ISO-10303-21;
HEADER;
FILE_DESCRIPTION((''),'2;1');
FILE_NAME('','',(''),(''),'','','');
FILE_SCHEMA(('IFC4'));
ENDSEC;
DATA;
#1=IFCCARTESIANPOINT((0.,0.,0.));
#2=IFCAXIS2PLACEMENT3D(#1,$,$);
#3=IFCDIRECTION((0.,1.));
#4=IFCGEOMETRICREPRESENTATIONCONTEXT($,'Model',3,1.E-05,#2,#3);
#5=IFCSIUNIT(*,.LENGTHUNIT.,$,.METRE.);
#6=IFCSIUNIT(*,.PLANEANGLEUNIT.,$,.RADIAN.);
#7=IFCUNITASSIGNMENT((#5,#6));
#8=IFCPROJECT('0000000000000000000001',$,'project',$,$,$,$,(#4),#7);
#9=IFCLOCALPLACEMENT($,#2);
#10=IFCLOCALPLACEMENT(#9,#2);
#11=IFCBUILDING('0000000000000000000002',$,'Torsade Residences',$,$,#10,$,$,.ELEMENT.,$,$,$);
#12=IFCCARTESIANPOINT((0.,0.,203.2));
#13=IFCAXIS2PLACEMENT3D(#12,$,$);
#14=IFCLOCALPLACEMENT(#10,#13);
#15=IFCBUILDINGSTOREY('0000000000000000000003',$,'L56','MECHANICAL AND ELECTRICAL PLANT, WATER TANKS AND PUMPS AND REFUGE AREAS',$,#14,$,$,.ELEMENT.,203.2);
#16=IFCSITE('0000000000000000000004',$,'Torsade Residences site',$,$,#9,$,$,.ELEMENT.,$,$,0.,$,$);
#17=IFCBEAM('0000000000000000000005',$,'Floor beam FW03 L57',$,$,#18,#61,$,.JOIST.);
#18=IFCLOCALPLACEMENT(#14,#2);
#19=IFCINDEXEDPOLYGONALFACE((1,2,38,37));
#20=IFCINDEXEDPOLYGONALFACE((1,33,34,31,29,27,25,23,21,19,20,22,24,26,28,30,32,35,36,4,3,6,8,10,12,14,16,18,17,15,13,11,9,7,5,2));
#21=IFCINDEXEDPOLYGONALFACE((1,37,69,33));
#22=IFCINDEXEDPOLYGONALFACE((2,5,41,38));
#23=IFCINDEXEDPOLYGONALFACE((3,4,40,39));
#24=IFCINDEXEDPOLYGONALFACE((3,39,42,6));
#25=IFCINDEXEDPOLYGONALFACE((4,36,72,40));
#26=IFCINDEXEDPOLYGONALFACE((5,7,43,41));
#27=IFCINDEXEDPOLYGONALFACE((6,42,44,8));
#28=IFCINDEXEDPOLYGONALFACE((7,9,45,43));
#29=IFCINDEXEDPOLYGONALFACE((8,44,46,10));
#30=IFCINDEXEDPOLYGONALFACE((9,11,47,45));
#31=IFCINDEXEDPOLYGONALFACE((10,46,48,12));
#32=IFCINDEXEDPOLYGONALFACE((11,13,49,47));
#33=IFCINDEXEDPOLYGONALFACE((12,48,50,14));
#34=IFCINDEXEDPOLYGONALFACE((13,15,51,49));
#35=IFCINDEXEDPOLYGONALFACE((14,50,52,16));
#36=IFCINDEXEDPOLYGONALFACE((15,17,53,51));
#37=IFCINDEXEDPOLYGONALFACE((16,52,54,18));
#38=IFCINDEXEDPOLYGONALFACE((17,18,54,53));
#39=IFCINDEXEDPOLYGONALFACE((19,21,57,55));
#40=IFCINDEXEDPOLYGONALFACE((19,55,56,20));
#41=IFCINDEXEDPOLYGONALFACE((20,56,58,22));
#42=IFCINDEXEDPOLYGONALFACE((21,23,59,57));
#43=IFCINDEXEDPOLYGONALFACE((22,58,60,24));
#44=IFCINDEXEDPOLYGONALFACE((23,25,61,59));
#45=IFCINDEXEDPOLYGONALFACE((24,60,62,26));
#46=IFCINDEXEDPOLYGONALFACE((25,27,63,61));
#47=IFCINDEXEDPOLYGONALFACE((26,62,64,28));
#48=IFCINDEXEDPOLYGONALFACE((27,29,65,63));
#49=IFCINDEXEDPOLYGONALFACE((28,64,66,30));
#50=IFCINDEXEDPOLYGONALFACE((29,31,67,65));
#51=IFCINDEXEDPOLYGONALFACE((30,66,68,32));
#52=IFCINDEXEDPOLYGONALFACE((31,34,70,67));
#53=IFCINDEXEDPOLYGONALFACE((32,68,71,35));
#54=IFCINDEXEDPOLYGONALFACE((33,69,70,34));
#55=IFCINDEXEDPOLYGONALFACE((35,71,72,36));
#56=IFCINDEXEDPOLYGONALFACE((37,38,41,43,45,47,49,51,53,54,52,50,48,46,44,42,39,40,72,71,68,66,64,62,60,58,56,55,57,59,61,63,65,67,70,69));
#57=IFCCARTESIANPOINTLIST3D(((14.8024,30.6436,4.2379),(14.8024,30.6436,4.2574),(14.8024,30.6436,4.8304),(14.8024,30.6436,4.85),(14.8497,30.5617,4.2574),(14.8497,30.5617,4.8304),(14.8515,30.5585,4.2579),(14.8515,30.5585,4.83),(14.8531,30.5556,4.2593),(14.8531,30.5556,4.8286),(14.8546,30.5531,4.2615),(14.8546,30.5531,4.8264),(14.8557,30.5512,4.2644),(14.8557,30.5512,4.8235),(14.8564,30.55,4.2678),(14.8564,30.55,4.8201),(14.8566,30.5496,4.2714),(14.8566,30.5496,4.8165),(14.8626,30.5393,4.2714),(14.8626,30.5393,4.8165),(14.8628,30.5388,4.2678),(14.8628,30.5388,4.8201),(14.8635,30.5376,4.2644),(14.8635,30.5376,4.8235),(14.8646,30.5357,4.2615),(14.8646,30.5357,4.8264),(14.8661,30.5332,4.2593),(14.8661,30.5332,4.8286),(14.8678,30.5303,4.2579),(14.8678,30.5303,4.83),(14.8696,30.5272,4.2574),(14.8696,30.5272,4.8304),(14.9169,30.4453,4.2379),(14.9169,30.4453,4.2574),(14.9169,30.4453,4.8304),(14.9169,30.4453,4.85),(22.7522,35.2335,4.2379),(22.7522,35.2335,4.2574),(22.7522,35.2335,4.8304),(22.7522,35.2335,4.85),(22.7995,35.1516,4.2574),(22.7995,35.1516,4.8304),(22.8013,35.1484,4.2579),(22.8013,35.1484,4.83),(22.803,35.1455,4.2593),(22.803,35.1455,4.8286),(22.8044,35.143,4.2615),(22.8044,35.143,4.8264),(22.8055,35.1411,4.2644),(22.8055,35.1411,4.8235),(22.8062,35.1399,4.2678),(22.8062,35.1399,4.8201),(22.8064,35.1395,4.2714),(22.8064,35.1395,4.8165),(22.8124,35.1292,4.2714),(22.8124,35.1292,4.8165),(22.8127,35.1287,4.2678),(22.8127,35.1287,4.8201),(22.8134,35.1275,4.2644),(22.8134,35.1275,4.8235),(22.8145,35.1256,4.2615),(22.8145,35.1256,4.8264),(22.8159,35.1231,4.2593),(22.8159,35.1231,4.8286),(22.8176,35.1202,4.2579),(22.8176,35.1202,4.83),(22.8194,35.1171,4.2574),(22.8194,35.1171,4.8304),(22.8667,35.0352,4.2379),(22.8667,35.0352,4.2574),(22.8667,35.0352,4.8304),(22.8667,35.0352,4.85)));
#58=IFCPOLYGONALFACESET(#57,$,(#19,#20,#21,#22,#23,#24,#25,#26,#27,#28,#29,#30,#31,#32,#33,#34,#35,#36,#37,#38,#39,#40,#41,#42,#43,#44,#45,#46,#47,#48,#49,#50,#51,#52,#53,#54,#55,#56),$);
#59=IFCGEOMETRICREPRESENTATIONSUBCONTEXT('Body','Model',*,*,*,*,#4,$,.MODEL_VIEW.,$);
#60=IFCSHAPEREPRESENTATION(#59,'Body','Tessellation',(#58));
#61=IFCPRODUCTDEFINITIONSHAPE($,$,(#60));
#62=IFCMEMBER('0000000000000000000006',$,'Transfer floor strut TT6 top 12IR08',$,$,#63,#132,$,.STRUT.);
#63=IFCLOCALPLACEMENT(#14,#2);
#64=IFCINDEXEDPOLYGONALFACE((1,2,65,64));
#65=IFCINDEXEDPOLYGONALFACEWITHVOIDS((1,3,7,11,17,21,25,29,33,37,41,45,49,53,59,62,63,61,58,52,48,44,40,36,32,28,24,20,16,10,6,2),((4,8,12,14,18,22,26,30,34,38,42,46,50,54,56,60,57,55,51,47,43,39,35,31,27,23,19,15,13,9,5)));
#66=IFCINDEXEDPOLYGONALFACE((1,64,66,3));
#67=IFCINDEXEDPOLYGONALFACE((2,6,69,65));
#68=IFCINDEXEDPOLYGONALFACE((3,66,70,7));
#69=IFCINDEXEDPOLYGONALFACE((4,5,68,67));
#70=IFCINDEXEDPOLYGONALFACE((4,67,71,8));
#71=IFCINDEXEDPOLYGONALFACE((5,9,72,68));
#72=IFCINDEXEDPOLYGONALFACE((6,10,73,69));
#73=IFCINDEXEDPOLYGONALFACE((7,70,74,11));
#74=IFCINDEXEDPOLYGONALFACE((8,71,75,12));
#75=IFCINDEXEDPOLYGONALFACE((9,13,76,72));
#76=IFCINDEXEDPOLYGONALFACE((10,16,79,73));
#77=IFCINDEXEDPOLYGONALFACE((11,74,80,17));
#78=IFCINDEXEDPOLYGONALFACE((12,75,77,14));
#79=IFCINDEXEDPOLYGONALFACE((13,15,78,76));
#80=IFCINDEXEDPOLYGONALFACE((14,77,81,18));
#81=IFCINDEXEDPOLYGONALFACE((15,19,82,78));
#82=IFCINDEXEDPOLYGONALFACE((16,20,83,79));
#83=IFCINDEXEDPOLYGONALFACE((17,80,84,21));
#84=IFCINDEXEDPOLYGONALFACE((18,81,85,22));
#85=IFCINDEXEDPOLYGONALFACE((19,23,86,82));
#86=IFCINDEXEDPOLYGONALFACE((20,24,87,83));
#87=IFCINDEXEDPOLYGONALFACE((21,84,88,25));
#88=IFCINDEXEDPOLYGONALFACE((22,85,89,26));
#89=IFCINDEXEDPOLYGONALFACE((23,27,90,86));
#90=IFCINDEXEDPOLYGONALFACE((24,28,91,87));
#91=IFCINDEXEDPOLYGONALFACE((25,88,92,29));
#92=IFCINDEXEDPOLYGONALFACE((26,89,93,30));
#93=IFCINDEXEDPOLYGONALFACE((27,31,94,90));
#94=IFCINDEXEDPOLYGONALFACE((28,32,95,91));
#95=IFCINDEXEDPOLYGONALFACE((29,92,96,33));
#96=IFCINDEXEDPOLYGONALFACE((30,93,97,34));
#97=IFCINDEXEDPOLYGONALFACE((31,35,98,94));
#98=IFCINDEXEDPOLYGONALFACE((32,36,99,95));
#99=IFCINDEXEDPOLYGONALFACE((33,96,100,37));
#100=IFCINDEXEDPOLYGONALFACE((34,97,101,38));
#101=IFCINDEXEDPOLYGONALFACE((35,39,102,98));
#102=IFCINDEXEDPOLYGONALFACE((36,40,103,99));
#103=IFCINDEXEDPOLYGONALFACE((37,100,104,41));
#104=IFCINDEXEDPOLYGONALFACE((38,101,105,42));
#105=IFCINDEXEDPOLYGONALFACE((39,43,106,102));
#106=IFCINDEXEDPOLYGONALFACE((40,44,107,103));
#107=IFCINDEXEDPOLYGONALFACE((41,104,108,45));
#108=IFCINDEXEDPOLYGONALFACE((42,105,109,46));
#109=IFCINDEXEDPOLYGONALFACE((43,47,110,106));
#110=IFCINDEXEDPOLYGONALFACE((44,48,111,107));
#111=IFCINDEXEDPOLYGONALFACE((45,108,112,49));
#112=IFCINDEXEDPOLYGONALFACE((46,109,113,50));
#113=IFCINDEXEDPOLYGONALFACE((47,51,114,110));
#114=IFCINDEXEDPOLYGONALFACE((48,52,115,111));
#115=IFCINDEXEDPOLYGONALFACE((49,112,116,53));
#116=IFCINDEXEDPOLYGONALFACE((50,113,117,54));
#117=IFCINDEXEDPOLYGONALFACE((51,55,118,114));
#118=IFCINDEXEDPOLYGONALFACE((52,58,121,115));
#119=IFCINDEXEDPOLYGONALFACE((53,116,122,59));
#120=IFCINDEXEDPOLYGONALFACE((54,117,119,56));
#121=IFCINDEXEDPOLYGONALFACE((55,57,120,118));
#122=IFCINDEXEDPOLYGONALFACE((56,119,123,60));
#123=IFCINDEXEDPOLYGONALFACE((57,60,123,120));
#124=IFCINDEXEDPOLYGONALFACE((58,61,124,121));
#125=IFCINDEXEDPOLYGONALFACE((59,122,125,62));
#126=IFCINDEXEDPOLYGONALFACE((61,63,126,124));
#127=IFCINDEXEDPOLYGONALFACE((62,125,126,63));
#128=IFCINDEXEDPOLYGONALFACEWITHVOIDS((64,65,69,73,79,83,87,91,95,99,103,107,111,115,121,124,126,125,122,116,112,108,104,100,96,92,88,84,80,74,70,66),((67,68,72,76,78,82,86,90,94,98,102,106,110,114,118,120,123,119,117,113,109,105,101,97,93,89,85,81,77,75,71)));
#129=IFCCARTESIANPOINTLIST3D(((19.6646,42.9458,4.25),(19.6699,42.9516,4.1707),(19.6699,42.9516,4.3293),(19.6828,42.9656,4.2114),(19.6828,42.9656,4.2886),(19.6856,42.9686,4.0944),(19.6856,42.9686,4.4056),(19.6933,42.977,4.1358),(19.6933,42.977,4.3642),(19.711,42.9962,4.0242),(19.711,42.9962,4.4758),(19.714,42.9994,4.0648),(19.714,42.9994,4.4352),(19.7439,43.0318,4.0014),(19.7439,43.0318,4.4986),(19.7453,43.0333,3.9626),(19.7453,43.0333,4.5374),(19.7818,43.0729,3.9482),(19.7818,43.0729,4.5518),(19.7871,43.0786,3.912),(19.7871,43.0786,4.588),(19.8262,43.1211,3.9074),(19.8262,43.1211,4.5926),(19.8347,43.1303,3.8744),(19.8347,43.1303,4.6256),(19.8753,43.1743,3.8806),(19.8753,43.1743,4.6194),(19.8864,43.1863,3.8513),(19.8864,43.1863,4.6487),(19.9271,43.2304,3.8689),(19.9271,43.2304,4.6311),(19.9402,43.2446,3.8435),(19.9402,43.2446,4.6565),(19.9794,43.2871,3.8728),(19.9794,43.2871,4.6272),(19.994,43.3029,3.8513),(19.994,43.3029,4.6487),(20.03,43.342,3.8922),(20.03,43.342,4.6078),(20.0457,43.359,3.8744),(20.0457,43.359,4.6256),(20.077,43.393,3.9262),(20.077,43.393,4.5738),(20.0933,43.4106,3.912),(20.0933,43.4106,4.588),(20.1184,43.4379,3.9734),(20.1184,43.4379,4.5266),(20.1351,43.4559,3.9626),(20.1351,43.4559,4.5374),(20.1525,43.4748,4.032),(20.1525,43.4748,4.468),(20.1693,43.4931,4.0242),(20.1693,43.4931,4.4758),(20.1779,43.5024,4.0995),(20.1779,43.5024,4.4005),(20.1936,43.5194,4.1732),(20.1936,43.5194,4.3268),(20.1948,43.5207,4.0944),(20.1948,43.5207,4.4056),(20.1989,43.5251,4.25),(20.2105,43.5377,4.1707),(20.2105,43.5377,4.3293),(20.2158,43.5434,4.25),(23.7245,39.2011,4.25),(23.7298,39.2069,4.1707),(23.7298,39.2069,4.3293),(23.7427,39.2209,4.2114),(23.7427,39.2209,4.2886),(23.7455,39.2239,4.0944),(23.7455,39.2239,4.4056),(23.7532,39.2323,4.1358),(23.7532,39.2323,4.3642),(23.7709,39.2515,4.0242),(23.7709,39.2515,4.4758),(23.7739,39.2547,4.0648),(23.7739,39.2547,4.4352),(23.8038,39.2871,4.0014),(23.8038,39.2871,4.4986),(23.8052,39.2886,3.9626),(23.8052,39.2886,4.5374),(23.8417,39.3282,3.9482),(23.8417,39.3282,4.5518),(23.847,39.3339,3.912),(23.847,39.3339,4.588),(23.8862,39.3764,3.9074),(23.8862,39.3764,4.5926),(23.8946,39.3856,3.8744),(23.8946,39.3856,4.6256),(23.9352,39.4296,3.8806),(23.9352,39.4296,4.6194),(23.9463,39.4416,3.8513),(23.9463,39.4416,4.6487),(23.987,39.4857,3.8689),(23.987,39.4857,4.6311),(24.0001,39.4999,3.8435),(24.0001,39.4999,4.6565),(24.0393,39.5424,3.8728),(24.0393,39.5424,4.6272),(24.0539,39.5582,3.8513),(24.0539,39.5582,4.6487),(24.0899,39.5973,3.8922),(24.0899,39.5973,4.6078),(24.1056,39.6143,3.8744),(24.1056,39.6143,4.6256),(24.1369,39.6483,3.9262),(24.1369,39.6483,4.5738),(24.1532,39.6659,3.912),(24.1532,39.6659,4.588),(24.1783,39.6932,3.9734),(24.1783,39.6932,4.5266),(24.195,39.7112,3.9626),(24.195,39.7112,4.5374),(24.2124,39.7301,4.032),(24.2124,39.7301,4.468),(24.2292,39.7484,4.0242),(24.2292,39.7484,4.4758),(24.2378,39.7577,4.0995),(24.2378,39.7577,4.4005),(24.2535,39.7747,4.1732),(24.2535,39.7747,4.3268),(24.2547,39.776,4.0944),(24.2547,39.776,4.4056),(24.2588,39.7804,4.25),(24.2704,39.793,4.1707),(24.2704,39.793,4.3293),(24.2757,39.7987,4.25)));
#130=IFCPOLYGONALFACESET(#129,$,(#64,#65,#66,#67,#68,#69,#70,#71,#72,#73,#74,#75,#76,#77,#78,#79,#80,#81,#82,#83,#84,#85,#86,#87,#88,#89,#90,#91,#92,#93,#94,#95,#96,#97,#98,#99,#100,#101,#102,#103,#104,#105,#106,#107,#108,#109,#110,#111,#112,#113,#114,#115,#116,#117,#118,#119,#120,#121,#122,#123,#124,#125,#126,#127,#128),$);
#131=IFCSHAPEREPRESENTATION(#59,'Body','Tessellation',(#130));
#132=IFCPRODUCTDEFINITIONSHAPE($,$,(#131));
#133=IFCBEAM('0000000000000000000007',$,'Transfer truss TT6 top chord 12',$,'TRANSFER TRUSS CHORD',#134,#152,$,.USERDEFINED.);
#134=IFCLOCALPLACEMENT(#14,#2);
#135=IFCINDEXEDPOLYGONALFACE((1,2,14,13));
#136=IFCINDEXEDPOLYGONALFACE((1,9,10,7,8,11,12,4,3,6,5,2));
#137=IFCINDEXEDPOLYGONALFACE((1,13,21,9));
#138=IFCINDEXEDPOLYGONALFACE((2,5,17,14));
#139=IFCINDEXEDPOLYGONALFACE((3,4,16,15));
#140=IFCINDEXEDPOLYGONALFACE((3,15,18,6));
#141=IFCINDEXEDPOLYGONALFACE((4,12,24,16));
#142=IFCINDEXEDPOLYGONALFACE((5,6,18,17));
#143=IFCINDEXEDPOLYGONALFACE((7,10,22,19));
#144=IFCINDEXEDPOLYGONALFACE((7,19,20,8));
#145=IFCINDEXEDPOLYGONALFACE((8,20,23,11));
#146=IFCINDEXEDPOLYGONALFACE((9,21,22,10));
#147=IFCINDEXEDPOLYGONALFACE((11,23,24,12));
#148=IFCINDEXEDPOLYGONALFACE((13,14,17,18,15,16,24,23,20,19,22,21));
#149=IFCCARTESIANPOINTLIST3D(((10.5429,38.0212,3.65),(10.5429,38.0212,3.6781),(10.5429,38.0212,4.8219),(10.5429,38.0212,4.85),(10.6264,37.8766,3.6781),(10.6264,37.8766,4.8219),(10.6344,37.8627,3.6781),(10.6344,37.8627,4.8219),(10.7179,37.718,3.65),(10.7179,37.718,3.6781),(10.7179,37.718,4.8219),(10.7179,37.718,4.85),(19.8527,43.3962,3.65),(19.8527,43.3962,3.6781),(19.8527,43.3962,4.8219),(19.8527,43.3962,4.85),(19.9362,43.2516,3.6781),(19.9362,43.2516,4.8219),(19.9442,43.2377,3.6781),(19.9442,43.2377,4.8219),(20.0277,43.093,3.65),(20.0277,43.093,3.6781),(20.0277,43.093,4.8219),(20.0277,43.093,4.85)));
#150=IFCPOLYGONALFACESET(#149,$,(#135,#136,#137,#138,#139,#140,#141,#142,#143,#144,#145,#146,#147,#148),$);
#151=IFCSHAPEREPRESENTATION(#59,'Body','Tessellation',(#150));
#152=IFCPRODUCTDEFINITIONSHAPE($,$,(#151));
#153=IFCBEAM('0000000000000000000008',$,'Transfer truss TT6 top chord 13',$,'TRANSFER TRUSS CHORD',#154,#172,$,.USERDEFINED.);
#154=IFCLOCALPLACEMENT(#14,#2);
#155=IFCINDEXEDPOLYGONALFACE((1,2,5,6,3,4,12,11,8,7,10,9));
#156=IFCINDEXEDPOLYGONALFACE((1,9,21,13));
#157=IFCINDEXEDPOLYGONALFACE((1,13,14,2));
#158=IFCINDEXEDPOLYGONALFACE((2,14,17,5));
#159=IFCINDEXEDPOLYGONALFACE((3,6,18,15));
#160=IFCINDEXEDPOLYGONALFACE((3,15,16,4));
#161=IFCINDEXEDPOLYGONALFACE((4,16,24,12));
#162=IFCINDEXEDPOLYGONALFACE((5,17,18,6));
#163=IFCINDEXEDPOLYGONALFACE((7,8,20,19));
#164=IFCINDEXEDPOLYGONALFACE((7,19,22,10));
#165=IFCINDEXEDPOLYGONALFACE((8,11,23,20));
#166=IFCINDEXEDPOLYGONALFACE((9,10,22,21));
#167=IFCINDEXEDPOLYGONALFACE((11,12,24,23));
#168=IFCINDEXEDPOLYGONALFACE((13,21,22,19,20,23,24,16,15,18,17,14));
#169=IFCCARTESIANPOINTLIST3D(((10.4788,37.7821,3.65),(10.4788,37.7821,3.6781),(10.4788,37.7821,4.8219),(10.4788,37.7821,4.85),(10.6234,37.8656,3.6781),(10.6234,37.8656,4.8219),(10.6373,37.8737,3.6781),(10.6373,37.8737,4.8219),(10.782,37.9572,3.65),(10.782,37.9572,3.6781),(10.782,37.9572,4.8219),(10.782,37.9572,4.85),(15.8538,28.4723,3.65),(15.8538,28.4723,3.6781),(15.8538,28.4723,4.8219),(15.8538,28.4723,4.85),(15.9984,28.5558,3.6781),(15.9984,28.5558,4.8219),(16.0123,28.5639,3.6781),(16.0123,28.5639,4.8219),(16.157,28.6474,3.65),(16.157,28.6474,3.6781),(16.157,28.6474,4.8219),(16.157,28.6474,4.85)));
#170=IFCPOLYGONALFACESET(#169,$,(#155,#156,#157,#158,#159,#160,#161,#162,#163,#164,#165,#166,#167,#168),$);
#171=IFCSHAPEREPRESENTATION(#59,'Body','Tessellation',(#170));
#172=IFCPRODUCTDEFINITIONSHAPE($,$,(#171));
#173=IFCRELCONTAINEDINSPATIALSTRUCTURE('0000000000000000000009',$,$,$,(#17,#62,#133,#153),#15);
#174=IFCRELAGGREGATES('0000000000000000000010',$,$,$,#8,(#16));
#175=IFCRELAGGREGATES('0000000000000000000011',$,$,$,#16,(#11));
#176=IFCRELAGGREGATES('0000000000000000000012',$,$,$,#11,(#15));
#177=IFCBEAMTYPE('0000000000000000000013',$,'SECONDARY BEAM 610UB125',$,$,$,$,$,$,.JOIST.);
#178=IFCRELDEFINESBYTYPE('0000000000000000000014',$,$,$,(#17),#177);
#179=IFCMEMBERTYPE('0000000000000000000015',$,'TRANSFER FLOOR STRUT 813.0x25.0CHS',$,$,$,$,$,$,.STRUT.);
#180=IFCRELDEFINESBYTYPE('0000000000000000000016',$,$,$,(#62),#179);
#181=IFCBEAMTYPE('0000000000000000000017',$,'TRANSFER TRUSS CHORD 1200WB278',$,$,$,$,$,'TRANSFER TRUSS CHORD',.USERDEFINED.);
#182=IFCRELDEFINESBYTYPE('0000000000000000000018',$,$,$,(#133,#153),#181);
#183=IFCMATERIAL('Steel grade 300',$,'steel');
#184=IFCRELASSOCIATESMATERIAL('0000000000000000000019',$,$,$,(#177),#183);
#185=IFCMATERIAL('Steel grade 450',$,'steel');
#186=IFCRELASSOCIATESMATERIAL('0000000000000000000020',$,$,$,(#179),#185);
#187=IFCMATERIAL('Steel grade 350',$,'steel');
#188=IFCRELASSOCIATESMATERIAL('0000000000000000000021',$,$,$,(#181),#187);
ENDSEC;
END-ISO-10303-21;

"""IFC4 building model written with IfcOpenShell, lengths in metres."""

from ifc_helpers import new_model, si_unit, direction, frame, origin, origin_2d, place, context, subcontext, project, spatial, hollow_circle, i_section, extrude, material, material_profile, profile_set, type_object, element, save


model = new_model("IFC4")

# Units and contexts
model_context = context("Model", 3, precision=1e-05, world=origin(), true_north=direction((0.0, 1.0)))
body_context = subcontext(model_context, "Body", "Model", "MODEL_VIEW")
ifc_project = project(units=[si_unit("LENGTHUNIT", "METRE"), si_unit("PLANEANGLEUNIT", "RADIAN")], contexts=[model_context])

# Site, building, storey
site_placement = place(None, origin())
site = spatial("IfcSite", under=ifc_project, at=site_placement, Name="Torsade Residences site", CompositionType="ELEMENT", RefElevation=0.0)
building_placement = place(site_placement, origin())
building = spatial("IfcBuilding", under=site, at=building_placement, Name="Torsade Residences", CompositionType="ELEMENT")
storey_placement = place(building_placement, frame((0.0, 0.0, 203.2)))
storey = spatial("IfcBuildingStorey", under=building, at=storey_placement, Name="L56", Description="MECHANICAL AND ELECTRICAL PLANT, WATER TANKS AND PUMPS AND REFUGE AREAS", CompositionType="ELEMENT", Elevation=203.2)

# Beam
ifc_material_1 = material(Name="Steel grade 300", Category="steel")
ifc_material_profile_1 = material_profile(ifc_material_1, i_section(OverallWidth=0.229, OverallDepth=0.6121, WebThickness=0.012, FlangeThickness=0.0195, FilletRadius=0.0139, at=origin_2d()), Name="610UB125")
ifc_profile_set_1 = profile_set([ifc_material_profile_1], Name="Steel grade 300")
beam_type_1 = type_object("IfcBeamType", Name="SECONDARY BEAM 610UB125", PredefinedType="JOIST", material=ifc_profile_set_1)
beam_1_placement = place(storey_placement, frame((14.8596, 30.5444, 4.5439), z_axis=(0.866022, 0.500006, 0.0), x_axis=(-0.500006, 0.866022, 0.0)))
element("IfcBeam", 1, at=beam_1_placement, inside=storey, type_object=beam_type_1, Name="Floor beam FW03 L57", PredefinedType="JOIST", context=body_context, shape_type="SweptSolid", body=[
    extrude(i_section(OverallWidth=0.229, OverallDepth=0.6121, WebThickness=0.012, FlangeThickness=0.0195, FilletRadius=0.0139, at=origin_2d()), origin(), (0.0, 0.0, 1.0), 9.1797),
])

# Member
ifc_material_2 = material(Name="Steel grade 450", Category="steel")
ifc_material_profile_2 = material_profile(ifc_material_2, hollow_circle(Radius=0.4065, WallThickness=0.0249, at=origin_2d()), Name="813.0x25.0CHS")
ifc_profile_set_2 = profile_set([ifc_material_profile_2], Name="Steel grade 450")
member_type_1 = type_object("IfcMemberType", Name="TRANSFER FLOOR STRUT 813.0x25.0CHS", PredefinedType="STRUT", material=ifc_profile_set_2)
member_1_placement = place(storey_placement, frame((19.9402, 43.2446, 4.25), z_axis=(0.735064, -0.677997, 0.0), x_axis=(0.677997, 0.735064, 0.0)))
element("IfcMember", 2, at=member_1_placement, inside=storey, type_object=member_type_1, Name="Transfer floor strut TT6 top 12IR08", PredefinedType="STRUT", context=body_context, shape_type="SweptSolid", body=[
    extrude(hollow_circle(Radius=0.4065, WallThickness=0.0249, at=origin_2d()), origin(), (0.0, 0.0, 1.0), 5.5232),
])

# Beams
ifc_material_3 = material(Name="Steel grade 350", Category="steel")
ifc_material_profile_3 = material_profile(ifc_material_3, i_section(OverallWidth=0.3501, OverallDepth=1.2, WebThickness=0.0161, FlangeThickness=0.0281, at=origin_2d()), Name="1200WB278")
ifc_profile_set_3 = profile_set([ifc_material_profile_3], Name="Steel grade 350")
beam_type_2 = type_object("IfcBeamType", Name="TRANSFER TRUSS CHORD 1200WB278", ElementType="TRANSFER TRUSS CHORD", PredefinedType="USERDEFINED", material=ifc_profile_set_3)
for number, where, z_axis, x_axis, name in (
    (3, (19.9402, 43.2446, 4.25), (-0.866026, -0.499998, 0.0), (0.499998, -0.866026, 0.0), "Transfer truss TT6 top chord 12"),
    (4, (10.6304, 37.8696, 4.25), (0.499998, -0.866026, 0.0), (0.866026, 0.499998, 0.0), "Transfer truss TT6 top chord 13"),
):
    element("IfcBeam", number, at=place(storey_placement, frame(where, z_axis=z_axis, x_axis=x_axis)), inside=storey, type_object=beam_type_2, Name=name, ObjectType="TRANSFER TRUSS CHORD", PredefinedType="USERDEFINED", context=body_context, shape_type="SweptSolid", body=[
        extrude(i_section(OverallWidth=0.3501, OverallDepth=1.2, WebThickness=0.0161, FlangeThickness=0.0281, at=origin_2d()), origin(), (0.0, 0.0, 1.0), 10.75),
    ])

save(model, "model.ifc")
